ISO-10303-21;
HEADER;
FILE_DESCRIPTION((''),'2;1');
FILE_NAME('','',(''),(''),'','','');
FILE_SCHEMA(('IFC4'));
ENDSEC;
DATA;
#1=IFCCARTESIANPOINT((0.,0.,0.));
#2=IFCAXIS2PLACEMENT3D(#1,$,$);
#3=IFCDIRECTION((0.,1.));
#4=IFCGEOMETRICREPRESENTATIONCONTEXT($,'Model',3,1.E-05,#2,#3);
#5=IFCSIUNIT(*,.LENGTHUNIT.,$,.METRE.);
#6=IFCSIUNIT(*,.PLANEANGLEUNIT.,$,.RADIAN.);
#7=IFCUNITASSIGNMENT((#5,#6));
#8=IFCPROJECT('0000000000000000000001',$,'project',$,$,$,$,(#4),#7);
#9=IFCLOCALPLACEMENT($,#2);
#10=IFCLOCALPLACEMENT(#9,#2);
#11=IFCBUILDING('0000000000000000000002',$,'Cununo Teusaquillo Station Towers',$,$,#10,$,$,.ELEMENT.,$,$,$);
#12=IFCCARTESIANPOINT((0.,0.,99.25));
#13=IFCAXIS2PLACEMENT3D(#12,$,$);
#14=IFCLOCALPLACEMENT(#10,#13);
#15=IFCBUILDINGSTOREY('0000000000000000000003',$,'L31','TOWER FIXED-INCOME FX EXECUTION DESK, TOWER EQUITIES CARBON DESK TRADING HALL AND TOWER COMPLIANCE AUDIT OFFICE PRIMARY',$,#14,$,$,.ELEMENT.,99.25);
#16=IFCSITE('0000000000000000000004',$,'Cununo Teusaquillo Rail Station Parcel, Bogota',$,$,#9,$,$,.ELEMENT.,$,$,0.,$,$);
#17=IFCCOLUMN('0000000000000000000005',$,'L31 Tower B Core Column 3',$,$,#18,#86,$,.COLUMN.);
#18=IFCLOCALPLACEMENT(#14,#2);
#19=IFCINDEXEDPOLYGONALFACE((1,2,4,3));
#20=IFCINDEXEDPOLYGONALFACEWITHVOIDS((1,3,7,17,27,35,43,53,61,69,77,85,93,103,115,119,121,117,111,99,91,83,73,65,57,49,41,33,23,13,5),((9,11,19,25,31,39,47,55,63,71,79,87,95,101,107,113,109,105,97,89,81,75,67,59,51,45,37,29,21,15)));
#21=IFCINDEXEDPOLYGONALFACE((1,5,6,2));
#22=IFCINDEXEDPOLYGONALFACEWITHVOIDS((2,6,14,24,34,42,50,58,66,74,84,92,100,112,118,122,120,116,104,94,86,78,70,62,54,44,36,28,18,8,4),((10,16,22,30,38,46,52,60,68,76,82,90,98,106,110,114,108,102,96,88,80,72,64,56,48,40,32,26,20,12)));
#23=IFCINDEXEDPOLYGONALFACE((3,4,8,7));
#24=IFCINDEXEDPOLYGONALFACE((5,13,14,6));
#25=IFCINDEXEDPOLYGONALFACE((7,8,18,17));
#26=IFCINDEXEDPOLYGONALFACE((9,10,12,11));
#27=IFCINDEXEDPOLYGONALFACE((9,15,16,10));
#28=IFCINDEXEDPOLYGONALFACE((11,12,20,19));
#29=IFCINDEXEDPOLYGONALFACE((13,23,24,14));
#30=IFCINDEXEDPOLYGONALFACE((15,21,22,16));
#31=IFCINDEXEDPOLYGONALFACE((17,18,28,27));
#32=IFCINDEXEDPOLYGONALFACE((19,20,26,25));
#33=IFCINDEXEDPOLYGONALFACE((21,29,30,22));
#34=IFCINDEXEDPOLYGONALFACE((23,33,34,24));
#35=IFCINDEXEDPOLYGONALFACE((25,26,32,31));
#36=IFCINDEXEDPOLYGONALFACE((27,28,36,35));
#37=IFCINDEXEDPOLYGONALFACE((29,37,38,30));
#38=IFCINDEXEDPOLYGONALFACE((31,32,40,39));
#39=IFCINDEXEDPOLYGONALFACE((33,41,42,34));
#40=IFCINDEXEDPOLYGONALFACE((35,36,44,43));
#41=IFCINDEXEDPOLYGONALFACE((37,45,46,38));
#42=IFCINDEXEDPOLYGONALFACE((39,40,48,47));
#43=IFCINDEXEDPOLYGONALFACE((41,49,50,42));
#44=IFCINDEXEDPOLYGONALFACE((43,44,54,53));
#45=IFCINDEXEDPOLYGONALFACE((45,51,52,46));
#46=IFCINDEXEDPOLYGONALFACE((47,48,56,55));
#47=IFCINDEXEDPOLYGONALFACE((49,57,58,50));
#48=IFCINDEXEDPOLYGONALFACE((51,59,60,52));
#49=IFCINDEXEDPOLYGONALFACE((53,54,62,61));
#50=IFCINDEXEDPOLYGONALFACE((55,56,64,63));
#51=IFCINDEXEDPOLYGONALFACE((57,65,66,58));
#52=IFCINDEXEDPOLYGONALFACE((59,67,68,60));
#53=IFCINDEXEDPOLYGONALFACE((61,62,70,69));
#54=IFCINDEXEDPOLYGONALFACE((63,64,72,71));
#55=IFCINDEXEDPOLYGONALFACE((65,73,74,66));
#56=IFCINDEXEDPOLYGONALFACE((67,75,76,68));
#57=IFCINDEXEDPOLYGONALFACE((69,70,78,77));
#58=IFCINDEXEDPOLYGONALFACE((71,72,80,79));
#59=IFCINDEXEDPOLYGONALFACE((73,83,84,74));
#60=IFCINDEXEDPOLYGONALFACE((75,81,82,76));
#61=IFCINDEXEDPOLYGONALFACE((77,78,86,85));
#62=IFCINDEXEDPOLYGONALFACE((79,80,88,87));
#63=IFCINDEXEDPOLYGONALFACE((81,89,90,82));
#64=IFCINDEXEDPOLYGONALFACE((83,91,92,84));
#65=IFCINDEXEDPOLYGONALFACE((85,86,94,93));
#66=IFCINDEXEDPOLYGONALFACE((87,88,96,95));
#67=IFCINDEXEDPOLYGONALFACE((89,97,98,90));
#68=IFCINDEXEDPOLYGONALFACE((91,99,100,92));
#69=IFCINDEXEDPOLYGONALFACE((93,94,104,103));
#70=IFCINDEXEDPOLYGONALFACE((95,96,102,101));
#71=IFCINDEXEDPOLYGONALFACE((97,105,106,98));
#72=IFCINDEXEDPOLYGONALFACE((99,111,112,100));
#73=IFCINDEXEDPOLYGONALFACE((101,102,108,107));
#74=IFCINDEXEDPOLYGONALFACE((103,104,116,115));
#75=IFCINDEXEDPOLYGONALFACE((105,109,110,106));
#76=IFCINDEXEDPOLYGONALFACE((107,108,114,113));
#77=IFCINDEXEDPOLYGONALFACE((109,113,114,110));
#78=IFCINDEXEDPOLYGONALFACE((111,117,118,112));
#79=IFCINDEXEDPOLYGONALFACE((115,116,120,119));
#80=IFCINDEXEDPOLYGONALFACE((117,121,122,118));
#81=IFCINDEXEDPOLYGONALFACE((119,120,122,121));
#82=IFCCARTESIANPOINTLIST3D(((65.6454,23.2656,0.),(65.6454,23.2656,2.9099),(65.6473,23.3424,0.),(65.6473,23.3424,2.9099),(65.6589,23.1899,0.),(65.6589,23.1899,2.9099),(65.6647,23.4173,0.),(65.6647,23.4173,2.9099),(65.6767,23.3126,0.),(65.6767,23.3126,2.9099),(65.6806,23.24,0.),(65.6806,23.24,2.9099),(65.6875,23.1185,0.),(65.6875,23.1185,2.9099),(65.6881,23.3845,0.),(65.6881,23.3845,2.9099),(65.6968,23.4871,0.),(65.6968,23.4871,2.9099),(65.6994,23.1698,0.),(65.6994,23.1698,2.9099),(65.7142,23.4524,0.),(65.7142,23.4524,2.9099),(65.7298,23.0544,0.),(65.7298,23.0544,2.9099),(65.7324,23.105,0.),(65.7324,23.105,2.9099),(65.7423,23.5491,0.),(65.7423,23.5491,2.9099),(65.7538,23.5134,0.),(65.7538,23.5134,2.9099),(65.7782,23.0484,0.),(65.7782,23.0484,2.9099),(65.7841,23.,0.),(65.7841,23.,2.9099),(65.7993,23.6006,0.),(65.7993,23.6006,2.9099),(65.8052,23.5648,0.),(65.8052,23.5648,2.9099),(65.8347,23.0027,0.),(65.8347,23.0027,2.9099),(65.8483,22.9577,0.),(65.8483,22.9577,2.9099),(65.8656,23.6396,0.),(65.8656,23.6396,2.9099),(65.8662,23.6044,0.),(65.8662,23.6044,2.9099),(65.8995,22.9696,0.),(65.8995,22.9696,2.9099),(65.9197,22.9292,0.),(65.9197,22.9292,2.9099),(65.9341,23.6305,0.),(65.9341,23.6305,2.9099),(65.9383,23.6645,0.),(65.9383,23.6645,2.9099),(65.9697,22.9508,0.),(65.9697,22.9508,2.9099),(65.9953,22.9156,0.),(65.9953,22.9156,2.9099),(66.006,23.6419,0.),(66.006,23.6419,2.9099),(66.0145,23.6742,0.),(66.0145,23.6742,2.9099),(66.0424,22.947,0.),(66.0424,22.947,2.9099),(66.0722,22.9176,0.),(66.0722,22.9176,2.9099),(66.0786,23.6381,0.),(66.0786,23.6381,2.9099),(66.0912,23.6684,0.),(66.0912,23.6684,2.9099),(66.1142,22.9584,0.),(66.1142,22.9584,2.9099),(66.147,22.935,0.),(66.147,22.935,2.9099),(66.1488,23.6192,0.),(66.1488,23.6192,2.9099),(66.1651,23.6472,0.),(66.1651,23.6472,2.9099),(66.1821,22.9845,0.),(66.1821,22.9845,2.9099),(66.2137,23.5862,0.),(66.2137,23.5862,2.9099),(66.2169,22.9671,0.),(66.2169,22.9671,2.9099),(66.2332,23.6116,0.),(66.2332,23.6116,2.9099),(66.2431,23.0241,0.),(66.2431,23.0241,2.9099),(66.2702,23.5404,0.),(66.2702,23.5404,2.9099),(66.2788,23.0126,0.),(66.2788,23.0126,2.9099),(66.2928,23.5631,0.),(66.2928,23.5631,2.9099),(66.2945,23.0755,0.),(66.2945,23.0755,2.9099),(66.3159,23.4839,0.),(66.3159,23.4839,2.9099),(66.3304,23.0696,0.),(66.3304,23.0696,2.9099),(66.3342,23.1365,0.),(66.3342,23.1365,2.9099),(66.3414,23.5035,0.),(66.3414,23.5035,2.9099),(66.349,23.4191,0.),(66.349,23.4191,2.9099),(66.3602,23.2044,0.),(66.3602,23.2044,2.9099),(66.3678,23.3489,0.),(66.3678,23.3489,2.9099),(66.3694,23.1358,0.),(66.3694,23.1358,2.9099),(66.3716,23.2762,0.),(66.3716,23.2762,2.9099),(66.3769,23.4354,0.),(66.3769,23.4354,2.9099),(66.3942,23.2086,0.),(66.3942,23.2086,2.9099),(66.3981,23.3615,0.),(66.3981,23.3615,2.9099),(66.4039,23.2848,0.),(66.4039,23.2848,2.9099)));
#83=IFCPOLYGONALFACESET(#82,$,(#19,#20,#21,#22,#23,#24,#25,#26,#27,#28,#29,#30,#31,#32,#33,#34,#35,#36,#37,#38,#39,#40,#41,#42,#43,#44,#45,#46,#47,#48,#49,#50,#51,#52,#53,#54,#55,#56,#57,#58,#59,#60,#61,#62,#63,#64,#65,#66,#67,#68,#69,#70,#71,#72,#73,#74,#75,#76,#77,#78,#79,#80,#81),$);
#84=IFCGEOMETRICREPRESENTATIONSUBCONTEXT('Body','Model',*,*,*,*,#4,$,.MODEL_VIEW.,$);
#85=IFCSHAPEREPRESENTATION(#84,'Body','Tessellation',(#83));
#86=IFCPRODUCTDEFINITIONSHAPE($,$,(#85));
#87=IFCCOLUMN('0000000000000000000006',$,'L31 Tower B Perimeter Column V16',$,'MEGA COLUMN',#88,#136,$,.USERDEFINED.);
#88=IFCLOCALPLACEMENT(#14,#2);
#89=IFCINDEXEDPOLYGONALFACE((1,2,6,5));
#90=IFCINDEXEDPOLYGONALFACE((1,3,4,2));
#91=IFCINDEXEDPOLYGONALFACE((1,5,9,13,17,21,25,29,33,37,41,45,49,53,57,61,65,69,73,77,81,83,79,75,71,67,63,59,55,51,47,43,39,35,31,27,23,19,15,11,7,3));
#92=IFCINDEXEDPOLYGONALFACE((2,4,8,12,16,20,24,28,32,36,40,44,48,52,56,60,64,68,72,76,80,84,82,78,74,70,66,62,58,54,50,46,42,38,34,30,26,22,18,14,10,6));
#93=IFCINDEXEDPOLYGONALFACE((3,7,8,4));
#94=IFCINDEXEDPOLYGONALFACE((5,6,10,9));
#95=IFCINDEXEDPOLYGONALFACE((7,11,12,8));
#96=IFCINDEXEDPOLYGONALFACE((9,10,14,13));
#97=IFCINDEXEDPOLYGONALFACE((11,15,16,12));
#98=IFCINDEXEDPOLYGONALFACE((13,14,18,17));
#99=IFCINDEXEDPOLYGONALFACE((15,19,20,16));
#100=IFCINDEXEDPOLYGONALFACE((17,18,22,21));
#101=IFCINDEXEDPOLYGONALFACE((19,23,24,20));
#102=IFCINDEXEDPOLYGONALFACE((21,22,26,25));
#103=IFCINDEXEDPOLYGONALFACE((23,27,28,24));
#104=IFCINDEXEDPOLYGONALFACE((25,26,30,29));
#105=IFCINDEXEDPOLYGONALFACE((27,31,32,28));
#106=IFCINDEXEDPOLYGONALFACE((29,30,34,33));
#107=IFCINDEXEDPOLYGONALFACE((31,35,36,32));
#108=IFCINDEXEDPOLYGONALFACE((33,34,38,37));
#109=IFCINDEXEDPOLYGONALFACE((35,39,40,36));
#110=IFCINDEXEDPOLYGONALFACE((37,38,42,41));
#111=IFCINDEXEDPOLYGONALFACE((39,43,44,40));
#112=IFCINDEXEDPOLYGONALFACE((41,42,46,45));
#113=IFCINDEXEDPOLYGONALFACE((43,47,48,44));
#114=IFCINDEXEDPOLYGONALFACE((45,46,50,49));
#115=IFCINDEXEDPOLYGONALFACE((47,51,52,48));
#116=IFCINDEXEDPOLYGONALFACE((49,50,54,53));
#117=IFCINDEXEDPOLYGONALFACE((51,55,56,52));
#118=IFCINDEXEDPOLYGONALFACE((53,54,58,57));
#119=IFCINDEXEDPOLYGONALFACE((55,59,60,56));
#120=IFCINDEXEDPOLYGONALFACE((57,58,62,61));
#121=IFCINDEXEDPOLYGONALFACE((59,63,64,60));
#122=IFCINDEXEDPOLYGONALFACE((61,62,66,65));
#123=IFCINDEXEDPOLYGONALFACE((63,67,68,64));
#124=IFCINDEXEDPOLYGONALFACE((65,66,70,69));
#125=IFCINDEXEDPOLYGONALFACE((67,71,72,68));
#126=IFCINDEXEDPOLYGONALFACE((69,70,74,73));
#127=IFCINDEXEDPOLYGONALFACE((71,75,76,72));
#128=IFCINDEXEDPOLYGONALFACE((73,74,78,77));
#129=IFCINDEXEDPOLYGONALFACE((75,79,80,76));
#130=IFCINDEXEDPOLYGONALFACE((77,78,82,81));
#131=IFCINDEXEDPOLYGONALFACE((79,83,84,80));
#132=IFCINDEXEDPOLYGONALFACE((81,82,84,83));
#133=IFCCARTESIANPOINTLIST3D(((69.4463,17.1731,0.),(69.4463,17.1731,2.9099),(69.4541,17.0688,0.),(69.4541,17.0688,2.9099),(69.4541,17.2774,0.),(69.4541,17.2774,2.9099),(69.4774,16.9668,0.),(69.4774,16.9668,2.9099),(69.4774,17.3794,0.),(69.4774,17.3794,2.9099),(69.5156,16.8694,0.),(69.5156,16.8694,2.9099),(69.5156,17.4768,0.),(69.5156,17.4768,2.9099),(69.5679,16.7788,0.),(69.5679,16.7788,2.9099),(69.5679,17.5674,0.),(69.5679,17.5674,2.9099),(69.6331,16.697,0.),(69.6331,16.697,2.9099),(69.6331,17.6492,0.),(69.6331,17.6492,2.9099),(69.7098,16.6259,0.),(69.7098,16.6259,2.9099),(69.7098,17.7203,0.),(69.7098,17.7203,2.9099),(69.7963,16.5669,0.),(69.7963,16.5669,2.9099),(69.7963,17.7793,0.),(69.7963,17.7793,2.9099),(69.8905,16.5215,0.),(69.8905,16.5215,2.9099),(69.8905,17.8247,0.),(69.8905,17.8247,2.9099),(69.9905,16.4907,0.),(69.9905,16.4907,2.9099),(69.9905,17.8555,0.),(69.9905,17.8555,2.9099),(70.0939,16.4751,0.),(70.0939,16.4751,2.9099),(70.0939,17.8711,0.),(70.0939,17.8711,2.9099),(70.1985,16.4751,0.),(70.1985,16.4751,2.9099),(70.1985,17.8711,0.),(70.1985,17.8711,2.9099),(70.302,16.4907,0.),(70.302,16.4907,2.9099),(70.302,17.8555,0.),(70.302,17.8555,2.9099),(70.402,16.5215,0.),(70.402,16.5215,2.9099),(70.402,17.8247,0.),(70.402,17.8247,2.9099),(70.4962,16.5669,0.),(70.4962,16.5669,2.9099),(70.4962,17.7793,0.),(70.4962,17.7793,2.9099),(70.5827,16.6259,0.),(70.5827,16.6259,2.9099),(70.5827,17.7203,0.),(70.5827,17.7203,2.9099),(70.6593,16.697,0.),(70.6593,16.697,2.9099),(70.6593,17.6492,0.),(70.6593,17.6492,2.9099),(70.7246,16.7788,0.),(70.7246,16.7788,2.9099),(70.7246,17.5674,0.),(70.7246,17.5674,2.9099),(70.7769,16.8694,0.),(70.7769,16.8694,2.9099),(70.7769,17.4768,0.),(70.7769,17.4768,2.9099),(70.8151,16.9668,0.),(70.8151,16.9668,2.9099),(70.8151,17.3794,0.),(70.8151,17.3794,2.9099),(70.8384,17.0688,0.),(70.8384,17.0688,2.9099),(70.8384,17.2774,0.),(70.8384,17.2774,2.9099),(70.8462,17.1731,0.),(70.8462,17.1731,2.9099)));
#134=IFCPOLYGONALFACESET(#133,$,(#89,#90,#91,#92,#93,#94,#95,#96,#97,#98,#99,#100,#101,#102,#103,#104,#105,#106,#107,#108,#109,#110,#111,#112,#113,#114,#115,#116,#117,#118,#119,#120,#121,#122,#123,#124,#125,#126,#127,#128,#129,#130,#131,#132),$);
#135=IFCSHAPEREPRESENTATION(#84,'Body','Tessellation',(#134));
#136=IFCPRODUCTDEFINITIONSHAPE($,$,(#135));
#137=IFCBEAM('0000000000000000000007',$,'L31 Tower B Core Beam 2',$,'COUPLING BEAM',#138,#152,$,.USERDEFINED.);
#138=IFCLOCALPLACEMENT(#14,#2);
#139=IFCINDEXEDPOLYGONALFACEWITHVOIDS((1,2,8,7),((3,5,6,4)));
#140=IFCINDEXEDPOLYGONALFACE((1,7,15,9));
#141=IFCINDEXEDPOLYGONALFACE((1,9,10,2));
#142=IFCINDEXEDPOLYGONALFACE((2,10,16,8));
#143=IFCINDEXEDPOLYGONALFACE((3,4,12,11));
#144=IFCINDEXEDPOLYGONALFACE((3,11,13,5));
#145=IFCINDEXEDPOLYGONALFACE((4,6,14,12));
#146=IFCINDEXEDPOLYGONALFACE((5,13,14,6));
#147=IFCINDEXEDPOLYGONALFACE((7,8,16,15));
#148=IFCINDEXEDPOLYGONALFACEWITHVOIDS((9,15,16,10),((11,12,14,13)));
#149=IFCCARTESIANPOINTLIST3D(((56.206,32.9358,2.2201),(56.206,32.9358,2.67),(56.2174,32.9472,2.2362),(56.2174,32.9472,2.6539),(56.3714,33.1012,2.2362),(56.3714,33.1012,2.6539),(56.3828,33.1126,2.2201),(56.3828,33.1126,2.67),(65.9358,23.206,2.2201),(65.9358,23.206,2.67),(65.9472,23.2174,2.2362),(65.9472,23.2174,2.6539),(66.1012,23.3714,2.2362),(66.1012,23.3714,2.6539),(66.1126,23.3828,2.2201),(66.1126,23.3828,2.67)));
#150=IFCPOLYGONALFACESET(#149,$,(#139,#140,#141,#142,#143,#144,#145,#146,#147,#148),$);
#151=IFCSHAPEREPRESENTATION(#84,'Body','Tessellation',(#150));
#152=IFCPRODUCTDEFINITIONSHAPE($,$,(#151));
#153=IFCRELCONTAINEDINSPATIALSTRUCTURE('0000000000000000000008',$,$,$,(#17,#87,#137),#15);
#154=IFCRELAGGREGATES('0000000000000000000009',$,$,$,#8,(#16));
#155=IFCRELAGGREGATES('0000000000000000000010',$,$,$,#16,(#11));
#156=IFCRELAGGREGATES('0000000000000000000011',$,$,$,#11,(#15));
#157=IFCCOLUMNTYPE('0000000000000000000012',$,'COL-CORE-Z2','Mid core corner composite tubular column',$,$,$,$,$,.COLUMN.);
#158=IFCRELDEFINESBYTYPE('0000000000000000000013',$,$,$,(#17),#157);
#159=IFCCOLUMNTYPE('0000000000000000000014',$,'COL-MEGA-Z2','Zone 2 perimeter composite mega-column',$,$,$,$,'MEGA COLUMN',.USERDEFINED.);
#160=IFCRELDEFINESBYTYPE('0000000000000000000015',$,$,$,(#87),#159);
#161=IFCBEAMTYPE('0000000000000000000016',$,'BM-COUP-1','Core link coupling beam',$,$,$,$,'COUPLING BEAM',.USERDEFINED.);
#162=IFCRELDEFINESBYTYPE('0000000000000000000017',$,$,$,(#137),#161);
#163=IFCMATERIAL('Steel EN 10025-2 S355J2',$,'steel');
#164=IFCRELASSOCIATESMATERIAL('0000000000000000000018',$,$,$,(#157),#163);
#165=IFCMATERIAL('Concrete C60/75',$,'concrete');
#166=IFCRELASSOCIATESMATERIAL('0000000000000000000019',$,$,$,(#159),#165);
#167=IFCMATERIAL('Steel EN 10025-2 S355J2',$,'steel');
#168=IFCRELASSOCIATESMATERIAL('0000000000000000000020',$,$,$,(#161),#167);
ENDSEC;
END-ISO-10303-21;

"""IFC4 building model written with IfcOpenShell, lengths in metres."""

from ifc_helpers import new_model, si_unit, direction, frame, origin, origin_2d, place, context, subcontext, project, spatial, hollow_rectangle, circle, hollow_circle, extrude, material, material_profile, profile_set, type_object, element, save


model = new_model("IFC4")

# Units and contexts
model_context = context("Model", 3, precision=1e-05, world=origin(), true_north=direction((0.0, 1.0)))
body_context = subcontext(model_context, "Body", "Model", "MODEL_VIEW")
ifc_project = project(units=[si_unit("LENGTHUNIT", "METRE"), si_unit("PLANEANGLEUNIT", "RADIAN")], contexts=[model_context])

# Site, building, storey
site_placement = place(None, origin())
site = spatial("IfcSite", under=ifc_project, at=site_placement, Name="Cununo Teusaquillo Rail Station Parcel, Bogota", CompositionType="ELEMENT", RefElevation=0.0)
building_placement = place(site_placement, origin())
building = spatial("IfcBuilding", under=site, at=building_placement, Name="Cununo Teusaquillo Station Towers", CompositionType="ELEMENT")
storey_placement = place(building_placement, frame((0.0, 0.0, 99.25)))
storey = spatial("IfcBuildingStorey", under=building, at=storey_placement, Name="L31", Description="TOWER FIXED-INCOME FX EXECUTION DESK, TOWER EQUITIES CARBON DESK TRADING HALL AND TOWER COMPLIANCE AUDIT OFFICE PRIMARY", CompositionType="ELEMENT", Elevation=99.25)

# Columns
ifc_material_1 = material(Name="Steel EN 10025-2 S355J2", Category="steel")
ifc_material_profile_1 = material_profile(ifc_material_1, hollow_circle(Radius=0.3799, WallThickness=0.032, at=origin_2d()), Name="CHS 760x32")
ifc_profile_set_1 = profile_set([ifc_material_profile_1], Name="Steel EN 10025-2 S355J2")
column_type_1 = type_object("IfcColumnType", Name="COL-CORE-Z2", Description="Mid core corner composite tubular column", PredefinedType="COLUMN", material=ifc_profile_set_1)
column_1_placement = place(storey_placement, frame((66.0242, 23.2944, 0.0), z_axis=(0.0, 0.0, 1.0), x_axis=(0.707107, 0.707107, 0.0)))
element("IfcColumn", 1, at=column_1_placement, inside=storey, type_object=column_type_1, Name="L31 Tower B Core Column 3", PredefinedType="COLUMN", context=body_context, shape_type="SweptSolid", body=[
    extrude(hollow_circle(Radius=0.3799, WallThickness=0.032, at=origin_2d()), origin(), (0.0, 0.0, 1.0), 2.9099),
])
ifc_material_2 = material(Name="Concrete C60/75", Category="concrete")
ifc_material_profile_2 = material_profile(ifc_material_2, circle(Radius=0.7, at=origin_2d()), Name="RC-CIRC-1400")
ifc_profile_set_2 = profile_set([ifc_material_profile_2], Name="Concrete C60/75")
column_type_2 = type_object("IfcColumnType", Name="COL-MEGA-Z2", Description="Zone 2 perimeter composite mega-column", ElementType="MEGA COLUMN", PredefinedType="USERDEFINED", material=ifc_profile_set_2)
column_2_placement = place(storey_placement, frame((70.1462, 17.1731, 0.0), z_axis=(0.0, 0.0, 1.0), x_axis=(1.0, 0.0, 0.0)))
element("IfcColumn", 2, at=column_2_placement, inside=storey, type_object=column_type_2, Name="L31 Tower B Perimeter Column V16", ObjectType="MEGA COLUMN", PredefinedType="USERDEFINED", context=body_context, shape_type="SweptSolid", body=[
    extrude(circle(Radius=0.7, at=origin_2d()), origin(), (0.0, 0.0, 1.0), 2.9099),
])

# Beam
ifc_material_3 = material(Name="Steel EN 10025-2 S355J2", Category="steel")
ifc_material_profile_3 = material_profile(ifc_material_3, hollow_rectangle(XDim=0.25, YDim=0.45, WallThickness=0.0161, at=origin_2d()), Name="RHS 450x250x16")
ifc_profile_set_3 = profile_set([ifc_material_profile_3], Name="Steel EN 10025-2 S355J2")
beam_type_1 = type_object("IfcBeamType", Name="BM-COUP-1", Description="Core link coupling beam", ElementType="COUPLING BEAM", PredefinedType="USERDEFINED", material=ifc_profile_set_3)
beam_1_placement = place(storey_placement, frame((66.0242, 23.2944, 2.4451), z_axis=(-0.707107, 0.707107, 0.0), x_axis=(-0.707107, -0.707107, 0.0)))
element("IfcBeam", 3, at=beam_1_placement, inside=storey, type_object=beam_type_1, Name="L31 Tower B Core Beam 2", ObjectType="COUPLING BEAM", PredefinedType="USERDEFINED", context=body_context, shape_type="SweptSolid", body=[
    extrude(hollow_rectangle(XDim=0.25, YDim=0.45, WallThickness=0.0161, at=origin_2d()), origin(), (0.0, 0.0, 1.0), 13.76),
])

save(model, "model.ifc")
